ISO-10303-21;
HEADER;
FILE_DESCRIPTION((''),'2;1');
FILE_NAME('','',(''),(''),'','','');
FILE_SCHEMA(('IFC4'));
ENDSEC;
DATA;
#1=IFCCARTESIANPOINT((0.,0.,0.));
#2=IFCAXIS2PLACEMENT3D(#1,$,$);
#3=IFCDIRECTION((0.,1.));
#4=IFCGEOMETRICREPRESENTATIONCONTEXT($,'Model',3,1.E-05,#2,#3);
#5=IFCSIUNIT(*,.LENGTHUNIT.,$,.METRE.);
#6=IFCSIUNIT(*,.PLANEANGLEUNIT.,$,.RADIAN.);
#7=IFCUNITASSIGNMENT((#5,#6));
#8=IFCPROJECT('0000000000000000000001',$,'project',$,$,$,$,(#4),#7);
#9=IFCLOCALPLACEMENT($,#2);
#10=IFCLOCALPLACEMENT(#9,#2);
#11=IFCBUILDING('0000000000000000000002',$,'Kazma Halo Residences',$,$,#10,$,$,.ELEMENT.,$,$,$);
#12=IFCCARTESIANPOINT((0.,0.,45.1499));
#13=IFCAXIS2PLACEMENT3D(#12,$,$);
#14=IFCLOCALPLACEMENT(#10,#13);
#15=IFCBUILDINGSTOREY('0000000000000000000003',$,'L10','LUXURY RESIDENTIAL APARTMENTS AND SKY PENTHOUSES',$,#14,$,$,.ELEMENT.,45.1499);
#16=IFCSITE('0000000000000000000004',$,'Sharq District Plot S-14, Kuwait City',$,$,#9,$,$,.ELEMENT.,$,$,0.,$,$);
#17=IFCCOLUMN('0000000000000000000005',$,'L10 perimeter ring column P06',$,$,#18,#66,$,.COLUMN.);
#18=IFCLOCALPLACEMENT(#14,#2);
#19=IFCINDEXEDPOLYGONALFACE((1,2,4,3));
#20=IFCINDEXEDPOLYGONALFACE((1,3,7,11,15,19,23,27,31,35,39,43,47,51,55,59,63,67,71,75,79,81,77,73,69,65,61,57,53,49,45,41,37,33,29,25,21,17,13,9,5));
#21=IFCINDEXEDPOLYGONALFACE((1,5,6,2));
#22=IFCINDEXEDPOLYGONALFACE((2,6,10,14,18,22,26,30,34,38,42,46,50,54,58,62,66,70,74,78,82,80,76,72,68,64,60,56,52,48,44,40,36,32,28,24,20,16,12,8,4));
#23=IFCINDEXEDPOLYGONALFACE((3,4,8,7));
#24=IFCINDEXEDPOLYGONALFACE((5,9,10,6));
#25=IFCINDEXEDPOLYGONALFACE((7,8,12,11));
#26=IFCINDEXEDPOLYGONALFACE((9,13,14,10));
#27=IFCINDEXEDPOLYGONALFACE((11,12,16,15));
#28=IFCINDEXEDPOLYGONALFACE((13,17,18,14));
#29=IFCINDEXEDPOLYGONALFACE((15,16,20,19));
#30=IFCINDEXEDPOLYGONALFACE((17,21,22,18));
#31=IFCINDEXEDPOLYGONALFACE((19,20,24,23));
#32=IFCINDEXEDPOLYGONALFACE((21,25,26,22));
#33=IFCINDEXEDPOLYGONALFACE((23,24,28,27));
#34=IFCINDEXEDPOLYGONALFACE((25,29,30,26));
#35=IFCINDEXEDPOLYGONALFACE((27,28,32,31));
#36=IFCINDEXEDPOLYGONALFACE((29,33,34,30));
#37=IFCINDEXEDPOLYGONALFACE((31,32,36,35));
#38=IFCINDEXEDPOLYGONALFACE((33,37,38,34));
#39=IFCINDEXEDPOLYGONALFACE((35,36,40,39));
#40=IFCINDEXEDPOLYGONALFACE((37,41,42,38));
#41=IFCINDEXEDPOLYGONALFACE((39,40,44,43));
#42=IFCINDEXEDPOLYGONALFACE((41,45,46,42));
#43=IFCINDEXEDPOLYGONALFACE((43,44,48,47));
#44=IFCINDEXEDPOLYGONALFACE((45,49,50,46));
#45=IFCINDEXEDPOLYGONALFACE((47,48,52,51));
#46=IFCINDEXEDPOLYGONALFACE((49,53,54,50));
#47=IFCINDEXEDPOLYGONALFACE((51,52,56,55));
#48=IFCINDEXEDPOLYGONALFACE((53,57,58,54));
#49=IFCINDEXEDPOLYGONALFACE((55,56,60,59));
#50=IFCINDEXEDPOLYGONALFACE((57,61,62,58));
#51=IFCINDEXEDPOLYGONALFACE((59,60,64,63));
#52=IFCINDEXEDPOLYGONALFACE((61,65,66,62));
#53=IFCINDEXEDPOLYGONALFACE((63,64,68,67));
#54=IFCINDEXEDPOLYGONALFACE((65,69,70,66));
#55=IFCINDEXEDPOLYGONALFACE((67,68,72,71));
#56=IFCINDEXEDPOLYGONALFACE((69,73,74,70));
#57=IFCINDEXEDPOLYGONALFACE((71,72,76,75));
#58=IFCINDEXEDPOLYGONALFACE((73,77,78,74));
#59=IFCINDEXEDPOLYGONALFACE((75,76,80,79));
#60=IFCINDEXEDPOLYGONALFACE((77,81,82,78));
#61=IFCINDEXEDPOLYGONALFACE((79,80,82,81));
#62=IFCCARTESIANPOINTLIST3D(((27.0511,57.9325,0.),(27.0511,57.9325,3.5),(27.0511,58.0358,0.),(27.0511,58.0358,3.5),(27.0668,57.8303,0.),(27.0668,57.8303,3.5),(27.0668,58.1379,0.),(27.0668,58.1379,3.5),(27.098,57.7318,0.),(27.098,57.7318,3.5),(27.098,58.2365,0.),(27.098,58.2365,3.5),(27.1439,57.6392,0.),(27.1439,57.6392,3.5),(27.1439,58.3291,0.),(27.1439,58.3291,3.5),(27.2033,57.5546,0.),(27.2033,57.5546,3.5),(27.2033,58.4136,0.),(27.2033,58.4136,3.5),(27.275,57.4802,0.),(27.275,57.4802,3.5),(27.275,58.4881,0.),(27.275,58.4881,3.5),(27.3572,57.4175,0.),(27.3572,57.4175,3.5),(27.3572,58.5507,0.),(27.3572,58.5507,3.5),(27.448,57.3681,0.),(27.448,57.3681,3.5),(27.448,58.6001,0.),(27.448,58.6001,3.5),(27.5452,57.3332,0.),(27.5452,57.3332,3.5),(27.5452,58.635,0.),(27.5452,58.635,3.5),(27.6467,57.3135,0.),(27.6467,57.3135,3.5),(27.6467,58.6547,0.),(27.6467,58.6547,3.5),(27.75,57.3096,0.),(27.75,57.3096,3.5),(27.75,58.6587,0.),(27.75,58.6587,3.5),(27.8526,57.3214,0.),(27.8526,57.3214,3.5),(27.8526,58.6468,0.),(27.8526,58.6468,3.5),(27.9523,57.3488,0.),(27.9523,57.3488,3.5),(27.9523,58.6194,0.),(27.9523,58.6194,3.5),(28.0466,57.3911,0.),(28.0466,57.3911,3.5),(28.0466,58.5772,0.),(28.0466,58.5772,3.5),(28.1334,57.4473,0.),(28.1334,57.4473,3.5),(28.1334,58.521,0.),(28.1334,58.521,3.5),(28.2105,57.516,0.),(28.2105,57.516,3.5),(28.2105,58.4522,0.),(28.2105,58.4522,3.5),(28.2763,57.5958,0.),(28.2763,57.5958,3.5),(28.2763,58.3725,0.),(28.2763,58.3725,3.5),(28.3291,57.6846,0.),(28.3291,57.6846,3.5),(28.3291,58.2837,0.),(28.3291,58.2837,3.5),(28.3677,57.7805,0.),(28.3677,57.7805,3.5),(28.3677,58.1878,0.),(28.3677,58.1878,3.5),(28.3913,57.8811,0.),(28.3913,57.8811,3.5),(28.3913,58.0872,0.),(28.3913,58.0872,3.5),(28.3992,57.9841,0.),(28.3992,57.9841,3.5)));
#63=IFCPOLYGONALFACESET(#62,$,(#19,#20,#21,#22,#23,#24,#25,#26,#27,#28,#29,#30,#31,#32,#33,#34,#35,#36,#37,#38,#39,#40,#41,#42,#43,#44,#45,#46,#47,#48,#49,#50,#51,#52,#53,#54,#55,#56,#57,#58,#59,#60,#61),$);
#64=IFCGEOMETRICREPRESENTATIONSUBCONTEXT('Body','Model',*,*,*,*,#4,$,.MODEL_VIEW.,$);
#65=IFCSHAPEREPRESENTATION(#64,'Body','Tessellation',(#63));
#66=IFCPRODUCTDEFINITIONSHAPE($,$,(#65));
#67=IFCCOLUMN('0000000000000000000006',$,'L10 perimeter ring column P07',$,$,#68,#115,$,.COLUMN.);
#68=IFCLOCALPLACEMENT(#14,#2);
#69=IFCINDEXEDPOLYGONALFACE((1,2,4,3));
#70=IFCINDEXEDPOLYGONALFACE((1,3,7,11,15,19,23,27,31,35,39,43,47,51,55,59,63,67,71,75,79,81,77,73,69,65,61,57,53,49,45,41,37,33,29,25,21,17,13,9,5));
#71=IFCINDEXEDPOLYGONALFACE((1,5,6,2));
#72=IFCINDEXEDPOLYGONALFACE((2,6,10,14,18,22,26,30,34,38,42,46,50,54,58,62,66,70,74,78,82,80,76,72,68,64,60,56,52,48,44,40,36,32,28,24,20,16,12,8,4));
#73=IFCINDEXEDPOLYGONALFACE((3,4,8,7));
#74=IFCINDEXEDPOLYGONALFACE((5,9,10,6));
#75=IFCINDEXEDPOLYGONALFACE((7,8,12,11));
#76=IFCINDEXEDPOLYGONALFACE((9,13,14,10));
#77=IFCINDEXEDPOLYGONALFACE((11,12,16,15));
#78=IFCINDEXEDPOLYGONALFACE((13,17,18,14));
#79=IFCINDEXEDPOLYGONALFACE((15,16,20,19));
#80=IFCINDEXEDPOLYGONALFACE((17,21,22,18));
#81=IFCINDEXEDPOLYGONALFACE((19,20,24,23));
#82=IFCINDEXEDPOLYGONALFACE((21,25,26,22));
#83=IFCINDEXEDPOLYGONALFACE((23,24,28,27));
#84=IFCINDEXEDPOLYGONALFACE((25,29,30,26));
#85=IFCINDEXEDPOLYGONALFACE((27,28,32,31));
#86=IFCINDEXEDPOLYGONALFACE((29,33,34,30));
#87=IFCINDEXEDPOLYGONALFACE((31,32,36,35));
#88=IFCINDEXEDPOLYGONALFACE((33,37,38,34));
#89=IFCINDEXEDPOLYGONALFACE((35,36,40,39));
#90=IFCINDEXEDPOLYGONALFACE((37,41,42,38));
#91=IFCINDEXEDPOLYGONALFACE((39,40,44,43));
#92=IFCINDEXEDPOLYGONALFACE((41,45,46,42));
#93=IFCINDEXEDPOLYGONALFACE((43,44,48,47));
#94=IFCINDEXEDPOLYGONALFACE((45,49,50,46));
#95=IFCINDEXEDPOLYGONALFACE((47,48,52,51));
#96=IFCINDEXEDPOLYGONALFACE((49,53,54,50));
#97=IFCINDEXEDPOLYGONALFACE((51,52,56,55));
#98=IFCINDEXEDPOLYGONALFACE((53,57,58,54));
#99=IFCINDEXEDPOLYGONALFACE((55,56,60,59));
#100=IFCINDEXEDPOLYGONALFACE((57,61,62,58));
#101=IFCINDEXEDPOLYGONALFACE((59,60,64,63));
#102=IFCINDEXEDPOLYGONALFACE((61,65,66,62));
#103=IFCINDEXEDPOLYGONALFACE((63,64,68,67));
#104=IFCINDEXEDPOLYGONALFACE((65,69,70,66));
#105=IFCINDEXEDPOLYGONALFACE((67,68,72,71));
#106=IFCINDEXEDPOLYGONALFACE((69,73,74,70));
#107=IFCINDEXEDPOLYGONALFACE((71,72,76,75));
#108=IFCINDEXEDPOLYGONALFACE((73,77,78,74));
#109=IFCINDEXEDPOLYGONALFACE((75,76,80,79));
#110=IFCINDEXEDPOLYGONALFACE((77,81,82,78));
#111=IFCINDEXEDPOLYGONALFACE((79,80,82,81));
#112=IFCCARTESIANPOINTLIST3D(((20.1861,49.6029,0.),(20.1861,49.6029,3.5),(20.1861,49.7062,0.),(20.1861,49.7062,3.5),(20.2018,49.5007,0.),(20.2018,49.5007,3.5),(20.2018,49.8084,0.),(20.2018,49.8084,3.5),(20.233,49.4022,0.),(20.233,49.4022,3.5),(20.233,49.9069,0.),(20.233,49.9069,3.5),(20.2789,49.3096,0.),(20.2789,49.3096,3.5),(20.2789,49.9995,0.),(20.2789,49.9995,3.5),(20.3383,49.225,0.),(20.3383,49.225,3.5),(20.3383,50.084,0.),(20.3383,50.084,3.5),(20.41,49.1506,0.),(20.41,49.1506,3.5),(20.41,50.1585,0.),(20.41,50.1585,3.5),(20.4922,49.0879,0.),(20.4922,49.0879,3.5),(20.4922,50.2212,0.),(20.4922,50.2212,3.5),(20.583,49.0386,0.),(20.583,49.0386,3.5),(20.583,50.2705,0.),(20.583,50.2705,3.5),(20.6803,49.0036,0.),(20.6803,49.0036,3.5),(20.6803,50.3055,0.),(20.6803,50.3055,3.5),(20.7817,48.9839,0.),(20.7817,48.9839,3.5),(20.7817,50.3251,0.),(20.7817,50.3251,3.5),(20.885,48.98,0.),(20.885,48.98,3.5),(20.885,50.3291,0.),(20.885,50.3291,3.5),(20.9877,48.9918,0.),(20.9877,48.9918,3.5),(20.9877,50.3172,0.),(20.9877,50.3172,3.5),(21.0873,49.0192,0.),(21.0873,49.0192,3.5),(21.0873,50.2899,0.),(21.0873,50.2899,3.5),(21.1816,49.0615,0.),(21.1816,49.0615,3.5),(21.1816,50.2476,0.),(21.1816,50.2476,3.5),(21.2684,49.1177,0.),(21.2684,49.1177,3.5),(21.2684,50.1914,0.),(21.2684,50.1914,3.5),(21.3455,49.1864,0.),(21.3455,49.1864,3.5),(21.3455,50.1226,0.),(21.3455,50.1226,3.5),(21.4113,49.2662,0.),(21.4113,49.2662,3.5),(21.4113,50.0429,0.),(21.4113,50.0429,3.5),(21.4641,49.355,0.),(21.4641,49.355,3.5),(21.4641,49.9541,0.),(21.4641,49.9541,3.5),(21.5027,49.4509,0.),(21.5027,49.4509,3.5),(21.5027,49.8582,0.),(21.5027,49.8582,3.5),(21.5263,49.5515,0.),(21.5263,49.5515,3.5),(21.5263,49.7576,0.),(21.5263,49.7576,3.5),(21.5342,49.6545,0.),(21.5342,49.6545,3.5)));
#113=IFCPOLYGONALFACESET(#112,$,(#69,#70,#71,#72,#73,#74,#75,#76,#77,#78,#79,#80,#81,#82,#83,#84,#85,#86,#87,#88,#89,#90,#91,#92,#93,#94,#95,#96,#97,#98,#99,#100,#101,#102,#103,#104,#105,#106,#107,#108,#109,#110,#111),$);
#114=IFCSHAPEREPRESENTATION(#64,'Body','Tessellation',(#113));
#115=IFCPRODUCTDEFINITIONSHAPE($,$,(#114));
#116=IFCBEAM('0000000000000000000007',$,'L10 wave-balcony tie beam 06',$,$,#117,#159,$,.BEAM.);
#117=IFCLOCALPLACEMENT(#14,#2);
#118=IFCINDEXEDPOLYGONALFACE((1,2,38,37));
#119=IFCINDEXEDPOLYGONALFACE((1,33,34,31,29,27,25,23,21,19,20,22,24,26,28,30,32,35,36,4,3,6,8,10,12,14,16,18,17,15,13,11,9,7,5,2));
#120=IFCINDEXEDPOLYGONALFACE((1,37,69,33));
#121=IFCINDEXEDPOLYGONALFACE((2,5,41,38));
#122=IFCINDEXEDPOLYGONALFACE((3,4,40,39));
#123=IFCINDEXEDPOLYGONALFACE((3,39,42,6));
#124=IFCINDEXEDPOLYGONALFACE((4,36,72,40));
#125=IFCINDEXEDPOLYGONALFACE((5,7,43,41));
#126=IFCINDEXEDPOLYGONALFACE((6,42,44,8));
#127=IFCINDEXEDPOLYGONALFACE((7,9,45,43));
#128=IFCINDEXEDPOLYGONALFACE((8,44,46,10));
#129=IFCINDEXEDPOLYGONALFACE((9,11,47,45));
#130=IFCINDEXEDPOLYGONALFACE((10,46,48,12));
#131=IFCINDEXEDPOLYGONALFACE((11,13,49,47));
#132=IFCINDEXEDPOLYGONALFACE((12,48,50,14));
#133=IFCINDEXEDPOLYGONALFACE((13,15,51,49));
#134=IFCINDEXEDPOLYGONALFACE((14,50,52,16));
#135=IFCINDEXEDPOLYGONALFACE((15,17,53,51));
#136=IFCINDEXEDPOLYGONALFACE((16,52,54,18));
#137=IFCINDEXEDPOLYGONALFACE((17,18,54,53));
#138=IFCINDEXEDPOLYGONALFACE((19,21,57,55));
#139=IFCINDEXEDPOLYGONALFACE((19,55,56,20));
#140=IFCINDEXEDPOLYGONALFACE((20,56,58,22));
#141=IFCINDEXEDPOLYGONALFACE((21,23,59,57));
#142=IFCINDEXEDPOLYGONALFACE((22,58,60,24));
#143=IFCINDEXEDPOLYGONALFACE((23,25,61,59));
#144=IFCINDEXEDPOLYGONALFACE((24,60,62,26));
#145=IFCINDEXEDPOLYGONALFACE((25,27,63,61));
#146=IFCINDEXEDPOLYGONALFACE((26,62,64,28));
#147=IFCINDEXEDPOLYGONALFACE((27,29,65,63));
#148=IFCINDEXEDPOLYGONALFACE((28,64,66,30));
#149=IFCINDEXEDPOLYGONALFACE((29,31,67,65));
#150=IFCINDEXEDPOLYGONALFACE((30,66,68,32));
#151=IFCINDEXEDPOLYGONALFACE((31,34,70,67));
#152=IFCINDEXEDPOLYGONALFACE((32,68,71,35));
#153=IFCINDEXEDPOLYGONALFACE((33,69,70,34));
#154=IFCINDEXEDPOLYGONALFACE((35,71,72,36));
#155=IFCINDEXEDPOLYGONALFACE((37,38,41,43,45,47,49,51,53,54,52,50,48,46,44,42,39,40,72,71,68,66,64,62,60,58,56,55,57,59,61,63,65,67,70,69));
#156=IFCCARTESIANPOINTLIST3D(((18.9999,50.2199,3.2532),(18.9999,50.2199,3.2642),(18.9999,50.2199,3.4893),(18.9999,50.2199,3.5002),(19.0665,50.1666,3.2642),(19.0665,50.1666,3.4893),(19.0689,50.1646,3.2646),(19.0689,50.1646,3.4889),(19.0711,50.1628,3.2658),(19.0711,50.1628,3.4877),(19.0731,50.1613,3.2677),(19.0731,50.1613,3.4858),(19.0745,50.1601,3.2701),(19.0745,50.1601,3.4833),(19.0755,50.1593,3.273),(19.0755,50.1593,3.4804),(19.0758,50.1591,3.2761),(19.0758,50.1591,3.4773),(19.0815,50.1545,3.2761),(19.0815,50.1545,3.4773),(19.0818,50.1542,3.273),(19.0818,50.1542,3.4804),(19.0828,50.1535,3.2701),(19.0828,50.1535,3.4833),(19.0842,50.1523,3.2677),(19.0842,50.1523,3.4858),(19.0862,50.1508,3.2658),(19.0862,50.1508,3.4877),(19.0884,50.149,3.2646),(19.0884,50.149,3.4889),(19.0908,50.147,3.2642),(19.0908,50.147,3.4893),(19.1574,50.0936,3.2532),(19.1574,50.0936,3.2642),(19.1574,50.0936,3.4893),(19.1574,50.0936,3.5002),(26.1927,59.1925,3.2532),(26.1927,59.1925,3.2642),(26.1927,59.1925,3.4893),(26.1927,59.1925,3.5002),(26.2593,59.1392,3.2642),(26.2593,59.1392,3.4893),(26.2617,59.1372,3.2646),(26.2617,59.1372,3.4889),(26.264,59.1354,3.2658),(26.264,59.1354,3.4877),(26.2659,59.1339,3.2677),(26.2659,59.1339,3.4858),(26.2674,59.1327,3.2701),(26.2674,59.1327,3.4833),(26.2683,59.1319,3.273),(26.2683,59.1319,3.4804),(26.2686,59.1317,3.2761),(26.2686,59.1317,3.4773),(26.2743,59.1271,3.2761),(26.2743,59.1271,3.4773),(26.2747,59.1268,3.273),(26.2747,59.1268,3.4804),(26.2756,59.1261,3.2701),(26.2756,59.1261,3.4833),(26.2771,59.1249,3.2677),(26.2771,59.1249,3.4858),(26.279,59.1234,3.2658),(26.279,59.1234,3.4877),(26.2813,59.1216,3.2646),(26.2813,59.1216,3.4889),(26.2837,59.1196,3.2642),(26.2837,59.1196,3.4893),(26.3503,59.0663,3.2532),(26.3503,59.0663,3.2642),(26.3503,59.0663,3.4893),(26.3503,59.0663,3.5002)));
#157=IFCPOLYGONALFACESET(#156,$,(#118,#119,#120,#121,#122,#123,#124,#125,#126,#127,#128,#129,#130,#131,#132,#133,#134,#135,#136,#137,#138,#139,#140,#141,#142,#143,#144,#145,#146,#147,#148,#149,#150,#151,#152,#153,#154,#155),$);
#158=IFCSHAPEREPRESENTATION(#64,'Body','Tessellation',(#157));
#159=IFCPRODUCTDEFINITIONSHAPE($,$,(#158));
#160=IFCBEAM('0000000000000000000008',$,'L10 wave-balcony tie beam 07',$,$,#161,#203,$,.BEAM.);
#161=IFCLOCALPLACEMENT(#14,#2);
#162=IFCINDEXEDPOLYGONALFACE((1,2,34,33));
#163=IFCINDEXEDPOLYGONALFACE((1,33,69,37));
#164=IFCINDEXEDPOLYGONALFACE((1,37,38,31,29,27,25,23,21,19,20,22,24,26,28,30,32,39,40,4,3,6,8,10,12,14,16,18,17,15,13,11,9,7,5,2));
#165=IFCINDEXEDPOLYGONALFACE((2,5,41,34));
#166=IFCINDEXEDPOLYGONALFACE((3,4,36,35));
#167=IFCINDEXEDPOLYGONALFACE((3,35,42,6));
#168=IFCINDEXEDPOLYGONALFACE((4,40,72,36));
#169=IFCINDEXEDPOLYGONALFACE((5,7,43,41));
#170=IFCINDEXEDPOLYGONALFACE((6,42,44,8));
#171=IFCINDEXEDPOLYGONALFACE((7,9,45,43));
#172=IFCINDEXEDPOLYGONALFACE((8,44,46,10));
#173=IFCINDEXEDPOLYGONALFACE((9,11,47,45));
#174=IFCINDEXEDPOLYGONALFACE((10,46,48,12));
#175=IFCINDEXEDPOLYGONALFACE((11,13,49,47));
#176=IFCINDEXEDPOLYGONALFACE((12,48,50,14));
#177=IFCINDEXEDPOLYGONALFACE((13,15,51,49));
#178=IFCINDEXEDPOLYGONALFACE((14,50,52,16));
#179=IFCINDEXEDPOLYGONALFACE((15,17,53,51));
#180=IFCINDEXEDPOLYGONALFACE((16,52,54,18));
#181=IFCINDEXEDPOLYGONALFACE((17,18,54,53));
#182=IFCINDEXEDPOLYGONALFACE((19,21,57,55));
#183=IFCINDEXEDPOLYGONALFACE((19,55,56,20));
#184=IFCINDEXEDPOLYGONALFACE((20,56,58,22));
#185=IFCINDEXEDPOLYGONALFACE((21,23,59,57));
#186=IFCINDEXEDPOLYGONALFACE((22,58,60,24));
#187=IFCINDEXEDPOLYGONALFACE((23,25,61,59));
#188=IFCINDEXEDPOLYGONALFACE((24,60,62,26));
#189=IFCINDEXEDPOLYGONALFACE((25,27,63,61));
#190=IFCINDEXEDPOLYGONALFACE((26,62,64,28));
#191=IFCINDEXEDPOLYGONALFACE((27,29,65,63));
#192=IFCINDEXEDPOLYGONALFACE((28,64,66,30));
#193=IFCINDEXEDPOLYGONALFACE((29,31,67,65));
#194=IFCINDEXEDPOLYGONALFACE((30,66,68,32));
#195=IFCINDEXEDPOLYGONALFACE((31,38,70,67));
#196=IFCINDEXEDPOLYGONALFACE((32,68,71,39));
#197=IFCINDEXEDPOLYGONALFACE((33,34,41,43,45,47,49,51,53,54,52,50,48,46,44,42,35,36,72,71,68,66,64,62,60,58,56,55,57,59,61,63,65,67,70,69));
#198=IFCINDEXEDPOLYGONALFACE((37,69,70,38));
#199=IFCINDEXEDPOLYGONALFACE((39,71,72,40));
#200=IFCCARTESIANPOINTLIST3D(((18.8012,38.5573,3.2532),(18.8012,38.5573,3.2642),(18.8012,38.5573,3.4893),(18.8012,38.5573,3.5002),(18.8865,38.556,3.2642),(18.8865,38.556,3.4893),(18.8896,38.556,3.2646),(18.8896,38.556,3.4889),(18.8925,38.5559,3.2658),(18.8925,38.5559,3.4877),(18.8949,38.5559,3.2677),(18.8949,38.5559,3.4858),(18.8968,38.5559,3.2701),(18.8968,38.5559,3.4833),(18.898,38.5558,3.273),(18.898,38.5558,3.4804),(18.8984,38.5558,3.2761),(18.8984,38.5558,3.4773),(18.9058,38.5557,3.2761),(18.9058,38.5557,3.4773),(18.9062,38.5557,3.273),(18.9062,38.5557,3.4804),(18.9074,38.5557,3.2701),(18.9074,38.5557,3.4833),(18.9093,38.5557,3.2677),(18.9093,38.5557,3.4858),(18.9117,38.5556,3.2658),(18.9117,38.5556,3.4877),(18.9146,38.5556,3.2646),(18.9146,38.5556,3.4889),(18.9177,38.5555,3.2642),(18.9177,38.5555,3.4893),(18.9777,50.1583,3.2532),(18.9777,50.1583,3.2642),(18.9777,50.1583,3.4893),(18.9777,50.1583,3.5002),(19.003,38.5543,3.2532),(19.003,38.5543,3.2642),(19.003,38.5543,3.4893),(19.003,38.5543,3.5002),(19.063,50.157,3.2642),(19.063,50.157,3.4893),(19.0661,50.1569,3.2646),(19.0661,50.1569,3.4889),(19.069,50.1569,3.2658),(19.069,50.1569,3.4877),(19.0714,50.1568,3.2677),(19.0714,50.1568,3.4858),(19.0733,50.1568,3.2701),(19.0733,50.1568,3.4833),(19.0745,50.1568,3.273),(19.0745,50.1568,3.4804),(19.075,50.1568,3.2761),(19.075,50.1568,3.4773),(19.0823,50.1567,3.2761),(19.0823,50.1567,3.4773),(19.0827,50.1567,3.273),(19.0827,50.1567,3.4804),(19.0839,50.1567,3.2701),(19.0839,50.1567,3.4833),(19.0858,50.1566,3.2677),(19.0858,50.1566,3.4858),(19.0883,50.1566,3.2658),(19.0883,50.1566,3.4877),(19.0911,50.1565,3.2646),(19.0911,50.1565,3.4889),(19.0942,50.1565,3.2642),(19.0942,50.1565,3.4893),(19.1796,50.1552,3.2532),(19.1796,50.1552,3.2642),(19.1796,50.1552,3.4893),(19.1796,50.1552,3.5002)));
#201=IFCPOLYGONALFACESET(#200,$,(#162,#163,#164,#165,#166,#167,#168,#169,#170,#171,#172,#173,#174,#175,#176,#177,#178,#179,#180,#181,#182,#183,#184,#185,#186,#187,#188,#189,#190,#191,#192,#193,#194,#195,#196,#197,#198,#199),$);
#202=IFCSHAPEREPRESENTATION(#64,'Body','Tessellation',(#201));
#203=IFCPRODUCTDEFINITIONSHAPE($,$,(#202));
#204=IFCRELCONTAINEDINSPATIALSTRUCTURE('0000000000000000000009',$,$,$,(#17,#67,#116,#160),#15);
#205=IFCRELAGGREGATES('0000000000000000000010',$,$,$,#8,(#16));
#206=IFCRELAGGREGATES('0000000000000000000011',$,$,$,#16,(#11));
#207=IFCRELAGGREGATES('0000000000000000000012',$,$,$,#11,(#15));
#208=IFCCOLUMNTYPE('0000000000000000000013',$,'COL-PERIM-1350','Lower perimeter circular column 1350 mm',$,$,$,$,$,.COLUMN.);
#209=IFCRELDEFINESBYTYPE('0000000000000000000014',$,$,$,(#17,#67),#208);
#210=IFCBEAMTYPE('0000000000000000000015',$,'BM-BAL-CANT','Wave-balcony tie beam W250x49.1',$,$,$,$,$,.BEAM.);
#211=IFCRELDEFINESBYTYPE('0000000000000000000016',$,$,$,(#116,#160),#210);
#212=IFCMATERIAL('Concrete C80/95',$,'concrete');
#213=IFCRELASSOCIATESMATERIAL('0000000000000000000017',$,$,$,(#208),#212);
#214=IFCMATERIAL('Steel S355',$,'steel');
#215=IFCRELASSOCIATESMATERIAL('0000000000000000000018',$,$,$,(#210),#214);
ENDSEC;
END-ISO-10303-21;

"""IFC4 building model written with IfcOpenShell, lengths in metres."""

from ifc_helpers import new_model, si_unit, direction, frame, origin, origin_2d, place, context, subcontext, project, spatial, circle, i_section, extrude, material, material_profile, profile_set, type_object, element, save


model = new_model("IFC4")

# Units and contexts
model_context = context("Model", 3, precision=1e-05, world=origin(), true_north=direction((0.0, 1.0)))
body_context = subcontext(model_context, "Body", "Model", "MODEL_VIEW")
ifc_project = project(units=[si_unit("LENGTHUNIT", "METRE"), si_unit("PLANEANGLEUNIT", "RADIAN")], contexts=[model_context])

# Site, building, storey
site_placement = place(None, origin())
site = spatial("IfcSite", under=ifc_project, at=site_placement, Name="Sharq District Plot S-14, Kuwait City", CompositionType="ELEMENT", RefElevation=0.0)
building_placement = place(site_placement, origin())
building = spatial("IfcBuilding", under=site, at=building_placement, Name="Kazma Halo Residences", CompositionType="ELEMENT")
storey_placement = place(building_placement, frame((0.0, 0.0, 45.1499)))
storey = spatial("IfcBuildingStorey", under=building, at=storey_placement, Name="L10", Description="LUXURY RESIDENTIAL APARTMENTS AND SKY PENTHOUSES", CompositionType="ELEMENT", Elevation=45.1499)

# Columns
ifc_material_1 = material(Name="Concrete C80/95", Category="concrete")
ifc_material_profile_1 = material_profile(ifc_material_1, circle(Radius=0.675, at=origin_2d()), Name="CIRC1350")
ifc_profile_set_1 = profile_set([ifc_material_profile_1], Name="Concrete C80/95")
column_type = type_object("IfcColumnType", Name="COL-PERIM-1350", Description="Lower perimeter circular column 1350 mm", PredefinedType="COLUMN", material=ifc_profile_set_1)
for number, where, z_axis, x_axis, name in (
    (1, (27.7241, 57.9841, 0.0), (0.0, 0.0, 1.0), (1.0, 0.0, 0.0), "L10 perimeter ring column P06"),
    (2, (20.8591, 49.6545, 0.0), (0.0, 0.0, 1.0), (1.0, 0.0, 0.0), "L10 perimeter ring column P07"),
):
    element("IfcColumn", number, at=place(storey_placement, frame(where, z_axis=z_axis, x_axis=x_axis)), inside=storey, type_object=column_type, Name=name, PredefinedType="COLUMN", context=body_context, shape_type="SweptSolid", body=[
        extrude(circle(Radius=0.675, at=origin_2d()), origin(), (0.0, 0.0, 1.0), 3.5),
    ])

# Beams
ifc_material_2 = material(Name="Steel S355", Category="steel")
ifc_material_profile_2 = material_profile(ifc_material_2, i_section(OverallWidth=0.2019, OverallDepth=0.2471, WebThickness=0.0073, FlangeThickness=0.011, FilletRadius=0.012, at=origin_2d()), Name="W250x49.1")
ifc_profile_set_2 = profile_set([ifc_material_profile_2], Name="Steel S355")
beam_type_1 = type_object("IfcBeamType", Name="BM-BAL-CANT", Description="Wave-balcony tie beam W250x49.1", PredefinedType="BEAM", material=ifc_profile_set_2)
beam_1_placement = place(storey_placement, frame((26.2715, 59.1294, 3.3767), z_axis=(-0.625477, -0.780243, 0.0), x_axis=(0.780243, -0.625477, 0.0)))
element("IfcBeam", 3, at=beam_1_placement, inside=storey, type_object=beam_type_1, Name="L10 wave-balcony tie beam 06", PredefinedType="BEAM", context=body_context, shape_type="SweptSolid", body=[
    extrude(i_section(OverallWidth=0.2019, OverallDepth=0.2471, WebThickness=0.0073, FlangeThickness=0.011, FilletRadius=0.012, at=origin_2d()), origin(), (0.0, 0.0, 1.0), 11.4998),
])
beam_2_placement = place(storey_placement, frame((19.0786, 50.1567, 3.3767), z_axis=(-0.015214, -0.999884, 0.0), x_axis=(0.999884, -0.015214, 0.0)))
element("IfcBeam", 4, at=beam_2_placement, inside=storey, type_object=beam_type_1, Name="L10 wave-balcony tie beam 07", PredefinedType="BEAM", context=body_context, shape_type="SweptSolid", body=[
    extrude(i_section(OverallWidth=0.2019, OverallDepth=0.2471, WebThickness=0.0073, FlangeThickness=0.011, FilletRadius=0.012, at=origin_2d()), origin(), (0.0, 0.0, 1.0), 11.6023),
])

save(model, "model.ifc")
